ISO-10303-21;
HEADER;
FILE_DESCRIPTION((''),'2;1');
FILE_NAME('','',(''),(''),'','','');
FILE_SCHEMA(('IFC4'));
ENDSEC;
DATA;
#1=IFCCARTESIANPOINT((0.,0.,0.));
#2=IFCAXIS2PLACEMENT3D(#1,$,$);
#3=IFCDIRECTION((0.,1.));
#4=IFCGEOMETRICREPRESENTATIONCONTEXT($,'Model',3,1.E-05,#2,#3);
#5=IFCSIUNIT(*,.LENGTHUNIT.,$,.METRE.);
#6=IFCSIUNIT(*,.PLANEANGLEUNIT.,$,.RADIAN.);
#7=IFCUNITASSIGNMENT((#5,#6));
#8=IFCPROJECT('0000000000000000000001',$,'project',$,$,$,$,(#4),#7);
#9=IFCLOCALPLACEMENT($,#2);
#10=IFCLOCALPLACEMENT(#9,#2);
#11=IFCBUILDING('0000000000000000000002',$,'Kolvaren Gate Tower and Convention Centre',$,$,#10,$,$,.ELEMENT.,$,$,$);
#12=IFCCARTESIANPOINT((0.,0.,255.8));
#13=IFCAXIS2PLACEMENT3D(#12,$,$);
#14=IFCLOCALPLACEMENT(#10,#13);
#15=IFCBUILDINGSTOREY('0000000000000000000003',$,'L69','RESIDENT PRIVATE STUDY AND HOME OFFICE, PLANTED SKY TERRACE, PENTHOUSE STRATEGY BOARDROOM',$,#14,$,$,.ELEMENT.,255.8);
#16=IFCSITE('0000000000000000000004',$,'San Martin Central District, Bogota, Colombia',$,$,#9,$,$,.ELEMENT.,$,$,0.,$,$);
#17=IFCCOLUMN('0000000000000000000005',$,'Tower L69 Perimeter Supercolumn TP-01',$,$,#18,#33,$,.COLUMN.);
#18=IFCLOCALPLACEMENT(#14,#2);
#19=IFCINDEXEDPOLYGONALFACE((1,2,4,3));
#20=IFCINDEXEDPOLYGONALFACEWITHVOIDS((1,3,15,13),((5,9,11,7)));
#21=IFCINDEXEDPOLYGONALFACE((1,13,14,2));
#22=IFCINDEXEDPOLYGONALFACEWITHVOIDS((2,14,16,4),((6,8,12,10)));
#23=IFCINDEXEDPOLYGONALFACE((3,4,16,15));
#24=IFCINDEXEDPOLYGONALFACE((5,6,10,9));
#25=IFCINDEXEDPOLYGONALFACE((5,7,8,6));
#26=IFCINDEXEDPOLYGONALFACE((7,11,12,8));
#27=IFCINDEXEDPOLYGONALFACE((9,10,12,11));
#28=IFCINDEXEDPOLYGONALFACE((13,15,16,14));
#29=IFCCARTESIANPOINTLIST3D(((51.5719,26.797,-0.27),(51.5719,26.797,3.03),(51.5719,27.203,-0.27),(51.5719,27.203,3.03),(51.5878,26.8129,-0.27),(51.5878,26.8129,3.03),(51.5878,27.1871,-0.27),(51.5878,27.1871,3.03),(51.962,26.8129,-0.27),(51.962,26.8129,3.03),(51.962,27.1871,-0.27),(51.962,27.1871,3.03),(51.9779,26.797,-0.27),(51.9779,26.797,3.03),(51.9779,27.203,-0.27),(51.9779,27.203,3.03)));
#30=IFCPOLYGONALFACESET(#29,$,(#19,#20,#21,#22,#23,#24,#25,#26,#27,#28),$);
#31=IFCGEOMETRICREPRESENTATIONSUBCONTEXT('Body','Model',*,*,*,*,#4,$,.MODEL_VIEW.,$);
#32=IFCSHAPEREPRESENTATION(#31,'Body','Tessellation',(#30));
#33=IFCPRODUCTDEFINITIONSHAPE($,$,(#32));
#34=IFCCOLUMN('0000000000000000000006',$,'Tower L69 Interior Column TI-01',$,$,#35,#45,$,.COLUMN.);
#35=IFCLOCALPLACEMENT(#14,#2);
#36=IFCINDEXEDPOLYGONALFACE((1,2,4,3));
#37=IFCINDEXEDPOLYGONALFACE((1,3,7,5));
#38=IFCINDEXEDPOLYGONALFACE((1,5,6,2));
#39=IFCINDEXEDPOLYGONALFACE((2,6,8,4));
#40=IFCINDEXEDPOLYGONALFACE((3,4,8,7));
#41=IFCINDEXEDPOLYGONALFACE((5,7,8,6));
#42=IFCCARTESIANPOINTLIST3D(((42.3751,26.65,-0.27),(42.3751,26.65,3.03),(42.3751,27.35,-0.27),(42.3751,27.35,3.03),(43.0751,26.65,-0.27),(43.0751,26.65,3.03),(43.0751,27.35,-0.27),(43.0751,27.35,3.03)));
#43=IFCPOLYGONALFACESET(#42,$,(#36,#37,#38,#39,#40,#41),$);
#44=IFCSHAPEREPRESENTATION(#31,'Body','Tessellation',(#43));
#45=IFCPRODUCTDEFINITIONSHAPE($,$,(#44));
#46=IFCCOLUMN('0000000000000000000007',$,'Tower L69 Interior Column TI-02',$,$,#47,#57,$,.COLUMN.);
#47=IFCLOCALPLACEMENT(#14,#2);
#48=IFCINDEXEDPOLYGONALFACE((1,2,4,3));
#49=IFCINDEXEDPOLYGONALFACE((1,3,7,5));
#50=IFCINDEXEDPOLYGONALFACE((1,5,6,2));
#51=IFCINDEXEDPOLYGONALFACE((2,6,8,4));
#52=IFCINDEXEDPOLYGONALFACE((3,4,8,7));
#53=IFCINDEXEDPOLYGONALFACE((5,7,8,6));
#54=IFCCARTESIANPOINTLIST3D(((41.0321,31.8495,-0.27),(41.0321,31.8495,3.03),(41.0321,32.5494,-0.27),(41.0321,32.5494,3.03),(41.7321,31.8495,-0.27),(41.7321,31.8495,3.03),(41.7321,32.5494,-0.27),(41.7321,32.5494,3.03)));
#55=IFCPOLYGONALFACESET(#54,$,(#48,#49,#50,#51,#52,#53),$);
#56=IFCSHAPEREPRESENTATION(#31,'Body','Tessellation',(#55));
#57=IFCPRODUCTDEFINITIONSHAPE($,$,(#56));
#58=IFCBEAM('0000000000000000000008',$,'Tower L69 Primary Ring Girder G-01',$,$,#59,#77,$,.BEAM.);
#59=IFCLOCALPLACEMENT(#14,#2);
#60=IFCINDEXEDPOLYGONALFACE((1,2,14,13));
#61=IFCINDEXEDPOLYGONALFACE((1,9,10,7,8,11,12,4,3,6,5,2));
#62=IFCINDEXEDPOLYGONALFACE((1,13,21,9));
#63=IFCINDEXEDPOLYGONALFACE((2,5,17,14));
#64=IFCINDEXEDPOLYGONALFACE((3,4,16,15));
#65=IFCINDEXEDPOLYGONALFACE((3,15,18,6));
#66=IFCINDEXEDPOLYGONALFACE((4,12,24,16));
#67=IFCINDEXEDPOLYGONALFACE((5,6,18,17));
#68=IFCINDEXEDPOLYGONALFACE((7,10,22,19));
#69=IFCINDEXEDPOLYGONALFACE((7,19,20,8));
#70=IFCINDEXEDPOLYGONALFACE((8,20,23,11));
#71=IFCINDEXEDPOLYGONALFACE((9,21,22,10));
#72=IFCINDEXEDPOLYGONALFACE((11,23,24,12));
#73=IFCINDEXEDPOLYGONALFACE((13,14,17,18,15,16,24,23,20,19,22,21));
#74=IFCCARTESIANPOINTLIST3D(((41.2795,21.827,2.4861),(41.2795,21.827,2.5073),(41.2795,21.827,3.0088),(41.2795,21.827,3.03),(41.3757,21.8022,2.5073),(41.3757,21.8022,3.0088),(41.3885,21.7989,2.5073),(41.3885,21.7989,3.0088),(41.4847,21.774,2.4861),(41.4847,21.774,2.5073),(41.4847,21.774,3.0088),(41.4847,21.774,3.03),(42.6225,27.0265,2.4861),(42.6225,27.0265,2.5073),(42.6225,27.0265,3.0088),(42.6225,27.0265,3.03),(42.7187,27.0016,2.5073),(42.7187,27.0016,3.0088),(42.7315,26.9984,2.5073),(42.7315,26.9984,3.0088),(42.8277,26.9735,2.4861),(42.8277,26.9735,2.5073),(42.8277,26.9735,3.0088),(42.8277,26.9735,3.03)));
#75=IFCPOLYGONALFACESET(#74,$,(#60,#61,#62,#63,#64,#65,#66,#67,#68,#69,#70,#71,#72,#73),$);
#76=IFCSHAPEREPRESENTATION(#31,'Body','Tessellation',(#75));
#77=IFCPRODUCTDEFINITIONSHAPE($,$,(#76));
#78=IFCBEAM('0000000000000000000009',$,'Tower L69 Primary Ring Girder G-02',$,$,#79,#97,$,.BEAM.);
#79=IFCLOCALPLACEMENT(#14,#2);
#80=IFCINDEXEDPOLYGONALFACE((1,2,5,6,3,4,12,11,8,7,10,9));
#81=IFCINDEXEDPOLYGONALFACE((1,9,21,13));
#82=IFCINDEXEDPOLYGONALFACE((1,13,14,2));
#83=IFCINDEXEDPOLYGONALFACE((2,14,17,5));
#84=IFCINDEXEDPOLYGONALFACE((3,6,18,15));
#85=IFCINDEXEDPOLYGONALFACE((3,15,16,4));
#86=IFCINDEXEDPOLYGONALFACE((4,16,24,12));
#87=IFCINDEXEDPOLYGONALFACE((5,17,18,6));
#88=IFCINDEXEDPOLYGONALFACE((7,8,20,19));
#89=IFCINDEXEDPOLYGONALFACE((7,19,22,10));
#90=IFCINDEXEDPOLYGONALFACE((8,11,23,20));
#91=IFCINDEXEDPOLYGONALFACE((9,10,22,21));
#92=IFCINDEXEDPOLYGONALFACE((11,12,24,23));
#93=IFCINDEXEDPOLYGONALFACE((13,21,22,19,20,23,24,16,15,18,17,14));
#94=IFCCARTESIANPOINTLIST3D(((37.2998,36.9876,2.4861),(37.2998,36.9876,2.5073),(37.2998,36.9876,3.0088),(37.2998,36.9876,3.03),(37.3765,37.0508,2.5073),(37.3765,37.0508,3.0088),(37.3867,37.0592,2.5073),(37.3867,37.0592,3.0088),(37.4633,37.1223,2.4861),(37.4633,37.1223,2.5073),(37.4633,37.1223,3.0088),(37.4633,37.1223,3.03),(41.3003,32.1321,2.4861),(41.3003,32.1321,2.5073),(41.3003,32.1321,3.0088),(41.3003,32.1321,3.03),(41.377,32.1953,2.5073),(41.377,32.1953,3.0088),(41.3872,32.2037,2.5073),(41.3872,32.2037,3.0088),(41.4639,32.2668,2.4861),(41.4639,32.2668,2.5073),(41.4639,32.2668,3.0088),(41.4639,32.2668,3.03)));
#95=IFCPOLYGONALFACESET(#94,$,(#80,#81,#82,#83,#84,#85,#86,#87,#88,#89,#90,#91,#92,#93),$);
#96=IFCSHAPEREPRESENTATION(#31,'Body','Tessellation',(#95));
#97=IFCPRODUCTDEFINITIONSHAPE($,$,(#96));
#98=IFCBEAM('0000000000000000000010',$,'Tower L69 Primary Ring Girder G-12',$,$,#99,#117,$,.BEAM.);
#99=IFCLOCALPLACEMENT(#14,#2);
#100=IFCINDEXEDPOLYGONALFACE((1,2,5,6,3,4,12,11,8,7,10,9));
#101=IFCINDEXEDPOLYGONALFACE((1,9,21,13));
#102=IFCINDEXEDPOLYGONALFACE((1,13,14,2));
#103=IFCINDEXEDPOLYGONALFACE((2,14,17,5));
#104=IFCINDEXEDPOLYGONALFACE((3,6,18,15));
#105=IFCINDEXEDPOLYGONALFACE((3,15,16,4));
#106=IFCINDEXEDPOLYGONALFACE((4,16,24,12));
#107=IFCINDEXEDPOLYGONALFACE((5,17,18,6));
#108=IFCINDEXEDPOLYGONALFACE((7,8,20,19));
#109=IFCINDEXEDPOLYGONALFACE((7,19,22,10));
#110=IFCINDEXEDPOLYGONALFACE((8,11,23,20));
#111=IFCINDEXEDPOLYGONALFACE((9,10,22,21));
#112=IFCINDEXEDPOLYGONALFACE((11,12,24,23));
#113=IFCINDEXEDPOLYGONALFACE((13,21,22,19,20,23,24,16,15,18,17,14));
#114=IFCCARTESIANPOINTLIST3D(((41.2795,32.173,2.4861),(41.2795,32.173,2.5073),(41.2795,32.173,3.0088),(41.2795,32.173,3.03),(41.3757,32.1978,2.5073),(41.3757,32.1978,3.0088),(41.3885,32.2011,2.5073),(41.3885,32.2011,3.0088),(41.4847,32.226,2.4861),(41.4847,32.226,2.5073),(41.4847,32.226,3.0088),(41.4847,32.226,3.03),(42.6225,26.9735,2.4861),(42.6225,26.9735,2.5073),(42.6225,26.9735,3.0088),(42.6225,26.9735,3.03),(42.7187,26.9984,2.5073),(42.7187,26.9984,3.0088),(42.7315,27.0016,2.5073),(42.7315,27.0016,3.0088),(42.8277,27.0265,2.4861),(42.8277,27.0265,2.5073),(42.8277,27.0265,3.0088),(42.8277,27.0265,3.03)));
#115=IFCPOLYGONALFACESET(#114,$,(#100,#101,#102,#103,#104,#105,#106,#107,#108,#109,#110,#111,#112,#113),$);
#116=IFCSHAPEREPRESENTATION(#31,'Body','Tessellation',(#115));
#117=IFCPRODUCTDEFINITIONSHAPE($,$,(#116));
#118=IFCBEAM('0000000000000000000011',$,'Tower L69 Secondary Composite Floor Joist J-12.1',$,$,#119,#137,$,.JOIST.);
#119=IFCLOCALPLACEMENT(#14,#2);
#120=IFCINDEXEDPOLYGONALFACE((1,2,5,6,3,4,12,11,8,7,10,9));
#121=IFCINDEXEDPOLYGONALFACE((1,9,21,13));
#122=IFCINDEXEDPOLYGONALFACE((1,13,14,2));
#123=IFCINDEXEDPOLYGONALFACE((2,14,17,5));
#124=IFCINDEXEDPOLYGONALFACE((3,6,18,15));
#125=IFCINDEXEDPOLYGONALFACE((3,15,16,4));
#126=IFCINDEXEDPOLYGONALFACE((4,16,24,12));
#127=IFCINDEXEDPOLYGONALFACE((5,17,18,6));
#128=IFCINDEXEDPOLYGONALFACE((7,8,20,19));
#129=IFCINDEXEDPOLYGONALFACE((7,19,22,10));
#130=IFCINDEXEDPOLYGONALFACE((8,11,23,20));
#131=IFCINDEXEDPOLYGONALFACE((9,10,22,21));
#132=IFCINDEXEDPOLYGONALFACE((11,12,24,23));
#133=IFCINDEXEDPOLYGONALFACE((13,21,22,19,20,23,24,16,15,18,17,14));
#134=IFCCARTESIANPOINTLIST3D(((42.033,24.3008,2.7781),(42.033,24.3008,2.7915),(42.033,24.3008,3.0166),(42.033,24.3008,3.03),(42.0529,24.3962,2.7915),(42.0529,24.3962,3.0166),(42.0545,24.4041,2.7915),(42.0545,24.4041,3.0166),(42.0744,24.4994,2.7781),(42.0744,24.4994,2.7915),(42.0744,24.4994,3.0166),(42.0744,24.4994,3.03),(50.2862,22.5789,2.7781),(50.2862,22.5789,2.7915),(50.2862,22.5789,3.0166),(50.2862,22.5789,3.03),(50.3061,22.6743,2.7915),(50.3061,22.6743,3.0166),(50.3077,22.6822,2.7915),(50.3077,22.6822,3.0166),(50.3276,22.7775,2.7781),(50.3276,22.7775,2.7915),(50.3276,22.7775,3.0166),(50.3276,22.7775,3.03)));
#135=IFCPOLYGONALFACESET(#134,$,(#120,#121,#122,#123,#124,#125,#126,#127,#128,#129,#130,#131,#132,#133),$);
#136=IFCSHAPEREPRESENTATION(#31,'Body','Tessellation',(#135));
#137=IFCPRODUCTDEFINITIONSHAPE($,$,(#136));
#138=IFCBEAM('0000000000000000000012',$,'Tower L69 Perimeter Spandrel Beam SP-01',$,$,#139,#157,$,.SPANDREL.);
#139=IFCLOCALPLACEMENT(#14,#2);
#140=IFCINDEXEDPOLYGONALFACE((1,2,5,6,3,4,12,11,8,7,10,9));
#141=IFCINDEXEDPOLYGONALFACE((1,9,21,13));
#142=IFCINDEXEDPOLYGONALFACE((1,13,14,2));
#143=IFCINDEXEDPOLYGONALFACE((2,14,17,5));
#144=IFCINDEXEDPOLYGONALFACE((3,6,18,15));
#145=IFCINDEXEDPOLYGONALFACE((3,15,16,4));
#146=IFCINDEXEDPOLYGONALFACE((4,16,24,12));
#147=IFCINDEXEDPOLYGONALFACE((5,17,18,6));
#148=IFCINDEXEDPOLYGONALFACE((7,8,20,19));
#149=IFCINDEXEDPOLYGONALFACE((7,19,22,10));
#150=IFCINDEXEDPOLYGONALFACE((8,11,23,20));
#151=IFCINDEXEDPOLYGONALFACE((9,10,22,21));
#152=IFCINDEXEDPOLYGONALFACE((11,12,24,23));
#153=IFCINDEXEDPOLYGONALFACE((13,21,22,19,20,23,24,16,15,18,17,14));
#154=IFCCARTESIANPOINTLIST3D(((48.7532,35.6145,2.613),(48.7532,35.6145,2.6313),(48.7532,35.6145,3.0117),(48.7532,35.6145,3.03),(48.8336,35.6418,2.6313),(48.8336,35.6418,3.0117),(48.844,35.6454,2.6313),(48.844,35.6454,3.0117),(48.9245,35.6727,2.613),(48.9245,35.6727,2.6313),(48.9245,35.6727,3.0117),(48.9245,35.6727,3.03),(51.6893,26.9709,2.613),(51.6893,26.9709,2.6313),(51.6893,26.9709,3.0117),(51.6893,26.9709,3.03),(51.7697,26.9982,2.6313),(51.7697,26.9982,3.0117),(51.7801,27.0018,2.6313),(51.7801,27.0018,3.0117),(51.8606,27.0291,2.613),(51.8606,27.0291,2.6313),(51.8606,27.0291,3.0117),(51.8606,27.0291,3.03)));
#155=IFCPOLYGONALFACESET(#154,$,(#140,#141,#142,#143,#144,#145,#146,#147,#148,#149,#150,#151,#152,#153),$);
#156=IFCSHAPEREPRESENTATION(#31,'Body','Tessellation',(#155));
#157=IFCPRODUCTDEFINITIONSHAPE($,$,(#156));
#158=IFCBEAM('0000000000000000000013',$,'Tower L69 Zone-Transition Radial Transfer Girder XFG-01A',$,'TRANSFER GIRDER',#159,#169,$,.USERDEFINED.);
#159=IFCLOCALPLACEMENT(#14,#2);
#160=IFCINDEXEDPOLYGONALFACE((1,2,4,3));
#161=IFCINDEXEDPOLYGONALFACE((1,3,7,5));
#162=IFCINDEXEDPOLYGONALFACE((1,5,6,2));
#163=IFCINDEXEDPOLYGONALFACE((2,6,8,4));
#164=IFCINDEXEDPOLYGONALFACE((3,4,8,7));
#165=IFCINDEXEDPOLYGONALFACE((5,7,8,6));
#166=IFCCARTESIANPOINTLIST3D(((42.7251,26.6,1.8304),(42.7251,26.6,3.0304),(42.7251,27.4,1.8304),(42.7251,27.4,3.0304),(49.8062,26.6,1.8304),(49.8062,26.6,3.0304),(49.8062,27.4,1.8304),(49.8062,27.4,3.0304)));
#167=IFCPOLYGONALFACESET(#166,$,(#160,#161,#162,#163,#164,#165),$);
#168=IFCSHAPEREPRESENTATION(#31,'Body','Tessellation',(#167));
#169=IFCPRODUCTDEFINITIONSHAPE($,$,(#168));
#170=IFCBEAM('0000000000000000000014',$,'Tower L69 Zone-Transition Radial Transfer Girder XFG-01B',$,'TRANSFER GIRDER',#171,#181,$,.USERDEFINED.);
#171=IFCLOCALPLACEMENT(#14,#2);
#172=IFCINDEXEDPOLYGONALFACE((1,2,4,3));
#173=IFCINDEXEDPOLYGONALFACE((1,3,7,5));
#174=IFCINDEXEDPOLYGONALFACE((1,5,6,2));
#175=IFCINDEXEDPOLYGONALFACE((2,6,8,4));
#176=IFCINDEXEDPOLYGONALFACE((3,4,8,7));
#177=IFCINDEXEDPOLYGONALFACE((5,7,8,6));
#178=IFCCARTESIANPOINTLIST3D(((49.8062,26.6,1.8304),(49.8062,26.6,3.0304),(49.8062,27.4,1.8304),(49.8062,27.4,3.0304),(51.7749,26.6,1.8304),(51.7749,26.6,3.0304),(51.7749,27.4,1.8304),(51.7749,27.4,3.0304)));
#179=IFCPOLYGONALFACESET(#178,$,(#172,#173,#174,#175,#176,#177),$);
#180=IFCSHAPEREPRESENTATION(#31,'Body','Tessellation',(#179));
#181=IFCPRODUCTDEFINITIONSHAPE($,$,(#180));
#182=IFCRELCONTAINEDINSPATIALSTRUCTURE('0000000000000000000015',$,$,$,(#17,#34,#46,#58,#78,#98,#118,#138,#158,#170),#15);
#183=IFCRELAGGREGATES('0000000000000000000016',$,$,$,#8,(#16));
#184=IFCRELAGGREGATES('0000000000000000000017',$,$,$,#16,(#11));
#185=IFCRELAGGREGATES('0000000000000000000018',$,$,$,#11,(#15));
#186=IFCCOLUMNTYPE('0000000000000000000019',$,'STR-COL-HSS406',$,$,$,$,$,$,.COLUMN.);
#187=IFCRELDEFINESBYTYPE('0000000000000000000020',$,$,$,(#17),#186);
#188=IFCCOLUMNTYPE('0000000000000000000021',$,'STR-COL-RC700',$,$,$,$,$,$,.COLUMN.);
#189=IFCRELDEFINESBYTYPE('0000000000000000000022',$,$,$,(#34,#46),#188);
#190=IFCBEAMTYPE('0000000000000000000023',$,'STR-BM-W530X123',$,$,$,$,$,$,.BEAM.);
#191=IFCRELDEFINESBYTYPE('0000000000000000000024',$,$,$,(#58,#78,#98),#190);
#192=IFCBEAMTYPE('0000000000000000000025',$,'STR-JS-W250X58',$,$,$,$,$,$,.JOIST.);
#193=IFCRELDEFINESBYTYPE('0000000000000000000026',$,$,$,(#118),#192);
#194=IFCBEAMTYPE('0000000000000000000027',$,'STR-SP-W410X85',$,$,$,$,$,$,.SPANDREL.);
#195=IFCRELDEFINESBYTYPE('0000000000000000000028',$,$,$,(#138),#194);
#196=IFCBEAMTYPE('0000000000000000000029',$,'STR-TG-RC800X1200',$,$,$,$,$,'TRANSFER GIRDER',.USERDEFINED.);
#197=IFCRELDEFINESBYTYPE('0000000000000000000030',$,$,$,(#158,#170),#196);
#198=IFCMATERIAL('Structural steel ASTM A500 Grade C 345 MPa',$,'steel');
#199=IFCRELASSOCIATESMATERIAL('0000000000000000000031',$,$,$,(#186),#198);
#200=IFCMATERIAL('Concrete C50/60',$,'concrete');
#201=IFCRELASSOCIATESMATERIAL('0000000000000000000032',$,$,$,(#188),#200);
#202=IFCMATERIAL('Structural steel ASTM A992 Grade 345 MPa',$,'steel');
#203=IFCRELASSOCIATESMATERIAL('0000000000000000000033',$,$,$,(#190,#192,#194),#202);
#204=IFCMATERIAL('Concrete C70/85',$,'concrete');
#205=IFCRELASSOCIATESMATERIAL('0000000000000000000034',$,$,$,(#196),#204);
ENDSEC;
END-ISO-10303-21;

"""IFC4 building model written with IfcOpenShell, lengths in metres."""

from ifc_helpers import new_model, si_unit, direction, frame, origin, origin_2d, place, context, subcontext, project, spatial, rectangle, hollow_rectangle, i_section, extrude, material, material_profile, profile_set, type_object, element, save


model = new_model("IFC4")

# Units and contexts
model_context = context("Model", 3, precision=1e-05, world=origin(), true_north=direction((0.0, 1.0)))
body_context = subcontext(model_context, "Body", "Model", "MODEL_VIEW")
ifc_project = project(units=[si_unit("LENGTHUNIT", "METRE"), si_unit("PLANEANGLEUNIT", "RADIAN")], contexts=[model_context])

# Site, building, storey
site_placement = place(None, origin())
site = spatial("IfcSite", under=ifc_project, at=site_placement, Name="San Martin Central District, Bogota, Colombia", CompositionType="ELEMENT", RefElevation=0.0)
building_placement = place(site_placement, origin())
building = spatial("IfcBuilding", under=site, at=building_placement, Name="Kolvaren Gate Tower and Convention Centre", CompositionType="ELEMENT")
storey_placement = place(building_placement, frame((0.0, 0.0, 255.8)))
storey = spatial("IfcBuildingStorey", under=building, at=storey_placement, Name="L69", Description="RESIDENT PRIVATE STUDY AND HOME OFFICE, PLANTED SKY TERRACE, PENTHOUSE STRATEGY BOARDROOM", CompositionType="ELEMENT", Elevation=255.8)

# Columns
ifc_material_1 = material(Name="Structural steel ASTM A500 Grade C 345 MPa", Category="steel")
ifc_material_profile_1 = material_profile(ifc_material_1, hollow_rectangle(XDim=0.406, YDim=0.406, WallThickness=0.0159, at=origin_2d()), Name="HSS406X406X15.9")
ifc_profile_set_1 = profile_set([ifc_material_profile_1], Name="Structural steel ASTM A500 Grade C 345 MPa")
column_type_1 = type_object("IfcColumnType", Name="STR-COL-HSS406", PredefinedType="COLUMN", material=ifc_profile_set_1)
column_placement = place(storey_placement, frame((51.7749, 27.0, -0.27), z_axis=(0.0, 0.0, 1.0), x_axis=(1.0, 0.0, 0.0)))
element("IfcColumn", 1, at=column_placement, inside=storey, type_object=column_type_1, Name="Tower L69 Perimeter Supercolumn TP-01", PredefinedType="COLUMN", context=body_context, shape_type="SweptSolid", body=[
    extrude(hollow_rectangle(XDim=0.406, YDim=0.406, WallThickness=0.0159, at=origin_2d()), origin(), (0.0, 0.0, 1.0), 3.3),
])
ifc_material_2 = material(Name="Concrete C50/60", Category="concrete")
ifc_material_profile_2 = material_profile(ifc_material_2, rectangle(XDim=0.7, YDim=0.7, at=origin_2d()), Name="RC-COL-700X700")
ifc_profile_set_2 = profile_set([ifc_material_profile_2], Name="Concrete C50/60")
column_type_2 = type_object("IfcColumnType", Name="STR-COL-RC700", PredefinedType="COLUMN", material=ifc_profile_set_2)
for number, where, z_axis, x_axis, name in (
    (2, (42.7251, 27.0, -0.27), (0.0, 0.0, 1.0), (1.0, 0.0, 0.0), "Tower L69 Interior Column TI-01"),
    (3, (41.3821, 32.1995, -0.27), (0.0, 0.0, 1.0), (1.0, 0.0, 0.0), "Tower L69 Interior Column TI-02"),
):
    element("IfcColumn", number, at=place(storey_placement, frame(where, z_axis=z_axis, x_axis=x_axis)), inside=storey, type_object=column_type_2, Name=name, PredefinedType="COLUMN", context=body_context, shape_type="SweptSolid", body=[
        extrude(rectangle(XDim=0.7, YDim=0.7, at=origin_2d()), origin(), (0.0, 0.0, 1.0), 3.3),
    ])

# Beams
ifc_material_3 = material(Name="Structural steel ASTM A992 Grade 345 MPa", Category="steel")
ifc_material_profile_3 = material_profile(ifc_material_3, i_section(OverallWidth=0.2119, OverallDepth=0.5439, WebThickness=0.0132, FlangeThickness=0.0212, at=origin_2d()), Name="W530X123")
ifc_profile_set_3 = profile_set([ifc_material_profile_3], Name="Structural steel ASTM A992 Grade 345 MPa")
beam_type_1 = type_object("IfcBeamType", Name="STR-BM-W530X123", PredefinedType="BEAM", material=ifc_profile_set_3)
beam_1_placement = place(storey_placement, frame((42.7251, 27.0, 2.7581), z_axis=(-0.250091, -0.968222, 0.0), x_axis=(0.968222, -0.250091, 0.0)))
element("IfcBeam", 4, at=beam_1_placement, inside=storey, type_object=beam_type_1, Name="Tower L69 Primary Ring Girder G-01", PredefinedType="BEAM", context=body_context, shape_type="SweptSolid", body=[
    extrude(i_section(OverallWidth=0.2119, OverallDepth=0.5439, WebThickness=0.0132, FlangeThickness=0.0212, at=origin_2d()), origin(), (0.0, 0.0, 1.0), 5.3701),
])
beam_2_placement = place(storey_placement, frame((41.3821, 32.1995, 2.7581), z_axis=(-0.635884, 0.771785, 0.0), x_axis=(-0.771785, -0.635884, 0.0)))
element("IfcBeam", 5, at=beam_2_placement, inside=storey, type_object=beam_type_1, Name="Tower L69 Primary Ring Girder G-02", PredefinedType="BEAM", context=body_context, shape_type="SweptSolid", body=[
    extrude(i_section(OverallWidth=0.2119, OverallDepth=0.5439, WebThickness=0.0132, FlangeThickness=0.0212, at=origin_2d()), origin(), (0.0, 0.0, 1.0), 6.2913),
])
beam_3_placement = place(storey_placement, frame((42.7251, 27.0, 2.7581), z_axis=(-0.250091, 0.968222, 0.0), x_axis=(-0.968222, -0.250091, 0.0)))
element("IfcBeam", 6, at=beam_3_placement, inside=storey, type_object=beam_type_1, Name="Tower L69 Primary Ring Girder G-12", PredefinedType="BEAM", context=body_context, shape_type="SweptSolid", body=[
    extrude(i_section(OverallWidth=0.2119, OverallDepth=0.5439, WebThickness=0.0132, FlangeThickness=0.0212, at=origin_2d()), origin(), (0.0, 0.0, 1.0), 5.3701),
])
ifc_material_profile_4 = material_profile(ifc_material_3, i_section(OverallWidth=0.2029, OverallDepth=0.252, WebThickness=0.0081, FlangeThickness=0.0134, at=origin_2d()), Name="W250X58")
ifc_profile_set_4 = profile_set([ifc_material_profile_4], Name="Structural steel ASTM A992 Grade 345 MPa")
beam_type_2 = type_object("IfcBeamType", Name="STR-JS-W250X58", PredefinedType="JOIST", material=ifc_profile_set_4)
beam_4_placement = place(storey_placement, frame((42.0537, 24.4001, 2.9041), z_axis=(0.978921, -0.20424, 0.0), x_axis=(0.20424, 0.978921, 0.0)))
element("IfcBeam", 7, at=beam_4_placement, inside=storey, type_object=beam_type_2, Name="Tower L69 Secondary Composite Floor Joist J-12.1", PredefinedType="JOIST", context=body_context, shape_type="SweptSolid", body=[
    extrude(i_section(OverallWidth=0.2029, OverallDepth=0.252, WebThickness=0.0081, FlangeThickness=0.0134, at=origin_2d()), origin(), (0.0, 0.0, 1.0), 8.4309),
])
ifc_material_profile_5 = material_profile(ifc_material_3, i_section(OverallWidth=0.1809, OverallDepth=0.417, WebThickness=0.011, FlangeThickness=0.0183, at=origin_2d()), Name="W410X85")
ifc_profile_set_5 = profile_set([ifc_material_profile_5], Name="Structural steel ASTM A992 Grade 345 MPa")
beam_type_3 = type_object("IfcBeamType", Name="STR-SP-W410X85", PredefinedType="SPANDREL", material=ifc_profile_set_5)
beam_5_placement = place(storey_placement, frame((51.7749, 27.0, 2.8215), z_axis=(-0.32163, 0.946865, 0.0), x_axis=(-0.946865, -0.32163, 0.0)))
element("IfcBeam", 8, at=beam_5_placement, inside=storey, type_object=beam_type_3, Name="Tower L69 Perimeter Spandrel Beam SP-01", PredefinedType="SPANDREL", context=body_context, shape_type="SweptSolid", body=[
    extrude(i_section(OverallWidth=0.1809, OverallDepth=0.417, WebThickness=0.011, FlangeThickness=0.0183, at=origin_2d()), origin(), (0.0, 0.0, 1.0), 9.1287),
])
ifc_material_4 = material(Name="Concrete C70/85", Category="concrete")
ifc_material_profile_6 = material_profile(ifc_material_4, rectangle(XDim=0.8, YDim=1.2, at=origin_2d()), Name="RC-BM-800X1200")
ifc_profile_set_6 = profile_set([ifc_material_profile_6], Name="Concrete C70/85")
beam_type_4 = type_object("IfcBeamType", Name="STR-TG-RC800X1200", ElementType="TRANSFER GIRDER", PredefinedType="USERDEFINED", material=ifc_profile_set_6)
beam_6_placement = place(storey_placement, frame((42.7251, 27.0, 2.4304), z_axis=(1.0, 0.0, 0.0), x_axis=(0.0, 1.0, 0.0)))
element("IfcBeam", 9, at=beam_6_placement, inside=storey, type_object=beam_type_4, Name="Tower L69 Zone-Transition Radial Transfer Girder XFG-01A", ObjectType="TRANSFER GIRDER", PredefinedType="USERDEFINED", context=body_context, shape_type="SweptSolid", body=[
    extrude(rectangle(XDim=0.8, YDim=1.2, at=origin_2d()), origin(), (0.0, 0.0, 1.0), 7.0811),
])
beam_7_placement = place(storey_placement, frame((49.8062, 27.0, 2.4304), z_axis=(1.0, 0.0, 0.0), x_axis=(0.0, 1.0, 0.0)))
element("IfcBeam", 10, at=beam_7_placement, inside=storey, type_object=beam_type_4, Name="Tower L69 Zone-Transition Radial Transfer Girder XFG-01B", ObjectType="TRANSFER GIRDER", PredefinedType="USERDEFINED", context=body_context, shape_type="SweptSolid", body=[
    extrude(rectangle(XDim=0.8, YDim=1.2, at=origin_2d()), origin(), (0.0, 0.0, 1.0), 1.9688),
])

save(model, "model.ifc")
